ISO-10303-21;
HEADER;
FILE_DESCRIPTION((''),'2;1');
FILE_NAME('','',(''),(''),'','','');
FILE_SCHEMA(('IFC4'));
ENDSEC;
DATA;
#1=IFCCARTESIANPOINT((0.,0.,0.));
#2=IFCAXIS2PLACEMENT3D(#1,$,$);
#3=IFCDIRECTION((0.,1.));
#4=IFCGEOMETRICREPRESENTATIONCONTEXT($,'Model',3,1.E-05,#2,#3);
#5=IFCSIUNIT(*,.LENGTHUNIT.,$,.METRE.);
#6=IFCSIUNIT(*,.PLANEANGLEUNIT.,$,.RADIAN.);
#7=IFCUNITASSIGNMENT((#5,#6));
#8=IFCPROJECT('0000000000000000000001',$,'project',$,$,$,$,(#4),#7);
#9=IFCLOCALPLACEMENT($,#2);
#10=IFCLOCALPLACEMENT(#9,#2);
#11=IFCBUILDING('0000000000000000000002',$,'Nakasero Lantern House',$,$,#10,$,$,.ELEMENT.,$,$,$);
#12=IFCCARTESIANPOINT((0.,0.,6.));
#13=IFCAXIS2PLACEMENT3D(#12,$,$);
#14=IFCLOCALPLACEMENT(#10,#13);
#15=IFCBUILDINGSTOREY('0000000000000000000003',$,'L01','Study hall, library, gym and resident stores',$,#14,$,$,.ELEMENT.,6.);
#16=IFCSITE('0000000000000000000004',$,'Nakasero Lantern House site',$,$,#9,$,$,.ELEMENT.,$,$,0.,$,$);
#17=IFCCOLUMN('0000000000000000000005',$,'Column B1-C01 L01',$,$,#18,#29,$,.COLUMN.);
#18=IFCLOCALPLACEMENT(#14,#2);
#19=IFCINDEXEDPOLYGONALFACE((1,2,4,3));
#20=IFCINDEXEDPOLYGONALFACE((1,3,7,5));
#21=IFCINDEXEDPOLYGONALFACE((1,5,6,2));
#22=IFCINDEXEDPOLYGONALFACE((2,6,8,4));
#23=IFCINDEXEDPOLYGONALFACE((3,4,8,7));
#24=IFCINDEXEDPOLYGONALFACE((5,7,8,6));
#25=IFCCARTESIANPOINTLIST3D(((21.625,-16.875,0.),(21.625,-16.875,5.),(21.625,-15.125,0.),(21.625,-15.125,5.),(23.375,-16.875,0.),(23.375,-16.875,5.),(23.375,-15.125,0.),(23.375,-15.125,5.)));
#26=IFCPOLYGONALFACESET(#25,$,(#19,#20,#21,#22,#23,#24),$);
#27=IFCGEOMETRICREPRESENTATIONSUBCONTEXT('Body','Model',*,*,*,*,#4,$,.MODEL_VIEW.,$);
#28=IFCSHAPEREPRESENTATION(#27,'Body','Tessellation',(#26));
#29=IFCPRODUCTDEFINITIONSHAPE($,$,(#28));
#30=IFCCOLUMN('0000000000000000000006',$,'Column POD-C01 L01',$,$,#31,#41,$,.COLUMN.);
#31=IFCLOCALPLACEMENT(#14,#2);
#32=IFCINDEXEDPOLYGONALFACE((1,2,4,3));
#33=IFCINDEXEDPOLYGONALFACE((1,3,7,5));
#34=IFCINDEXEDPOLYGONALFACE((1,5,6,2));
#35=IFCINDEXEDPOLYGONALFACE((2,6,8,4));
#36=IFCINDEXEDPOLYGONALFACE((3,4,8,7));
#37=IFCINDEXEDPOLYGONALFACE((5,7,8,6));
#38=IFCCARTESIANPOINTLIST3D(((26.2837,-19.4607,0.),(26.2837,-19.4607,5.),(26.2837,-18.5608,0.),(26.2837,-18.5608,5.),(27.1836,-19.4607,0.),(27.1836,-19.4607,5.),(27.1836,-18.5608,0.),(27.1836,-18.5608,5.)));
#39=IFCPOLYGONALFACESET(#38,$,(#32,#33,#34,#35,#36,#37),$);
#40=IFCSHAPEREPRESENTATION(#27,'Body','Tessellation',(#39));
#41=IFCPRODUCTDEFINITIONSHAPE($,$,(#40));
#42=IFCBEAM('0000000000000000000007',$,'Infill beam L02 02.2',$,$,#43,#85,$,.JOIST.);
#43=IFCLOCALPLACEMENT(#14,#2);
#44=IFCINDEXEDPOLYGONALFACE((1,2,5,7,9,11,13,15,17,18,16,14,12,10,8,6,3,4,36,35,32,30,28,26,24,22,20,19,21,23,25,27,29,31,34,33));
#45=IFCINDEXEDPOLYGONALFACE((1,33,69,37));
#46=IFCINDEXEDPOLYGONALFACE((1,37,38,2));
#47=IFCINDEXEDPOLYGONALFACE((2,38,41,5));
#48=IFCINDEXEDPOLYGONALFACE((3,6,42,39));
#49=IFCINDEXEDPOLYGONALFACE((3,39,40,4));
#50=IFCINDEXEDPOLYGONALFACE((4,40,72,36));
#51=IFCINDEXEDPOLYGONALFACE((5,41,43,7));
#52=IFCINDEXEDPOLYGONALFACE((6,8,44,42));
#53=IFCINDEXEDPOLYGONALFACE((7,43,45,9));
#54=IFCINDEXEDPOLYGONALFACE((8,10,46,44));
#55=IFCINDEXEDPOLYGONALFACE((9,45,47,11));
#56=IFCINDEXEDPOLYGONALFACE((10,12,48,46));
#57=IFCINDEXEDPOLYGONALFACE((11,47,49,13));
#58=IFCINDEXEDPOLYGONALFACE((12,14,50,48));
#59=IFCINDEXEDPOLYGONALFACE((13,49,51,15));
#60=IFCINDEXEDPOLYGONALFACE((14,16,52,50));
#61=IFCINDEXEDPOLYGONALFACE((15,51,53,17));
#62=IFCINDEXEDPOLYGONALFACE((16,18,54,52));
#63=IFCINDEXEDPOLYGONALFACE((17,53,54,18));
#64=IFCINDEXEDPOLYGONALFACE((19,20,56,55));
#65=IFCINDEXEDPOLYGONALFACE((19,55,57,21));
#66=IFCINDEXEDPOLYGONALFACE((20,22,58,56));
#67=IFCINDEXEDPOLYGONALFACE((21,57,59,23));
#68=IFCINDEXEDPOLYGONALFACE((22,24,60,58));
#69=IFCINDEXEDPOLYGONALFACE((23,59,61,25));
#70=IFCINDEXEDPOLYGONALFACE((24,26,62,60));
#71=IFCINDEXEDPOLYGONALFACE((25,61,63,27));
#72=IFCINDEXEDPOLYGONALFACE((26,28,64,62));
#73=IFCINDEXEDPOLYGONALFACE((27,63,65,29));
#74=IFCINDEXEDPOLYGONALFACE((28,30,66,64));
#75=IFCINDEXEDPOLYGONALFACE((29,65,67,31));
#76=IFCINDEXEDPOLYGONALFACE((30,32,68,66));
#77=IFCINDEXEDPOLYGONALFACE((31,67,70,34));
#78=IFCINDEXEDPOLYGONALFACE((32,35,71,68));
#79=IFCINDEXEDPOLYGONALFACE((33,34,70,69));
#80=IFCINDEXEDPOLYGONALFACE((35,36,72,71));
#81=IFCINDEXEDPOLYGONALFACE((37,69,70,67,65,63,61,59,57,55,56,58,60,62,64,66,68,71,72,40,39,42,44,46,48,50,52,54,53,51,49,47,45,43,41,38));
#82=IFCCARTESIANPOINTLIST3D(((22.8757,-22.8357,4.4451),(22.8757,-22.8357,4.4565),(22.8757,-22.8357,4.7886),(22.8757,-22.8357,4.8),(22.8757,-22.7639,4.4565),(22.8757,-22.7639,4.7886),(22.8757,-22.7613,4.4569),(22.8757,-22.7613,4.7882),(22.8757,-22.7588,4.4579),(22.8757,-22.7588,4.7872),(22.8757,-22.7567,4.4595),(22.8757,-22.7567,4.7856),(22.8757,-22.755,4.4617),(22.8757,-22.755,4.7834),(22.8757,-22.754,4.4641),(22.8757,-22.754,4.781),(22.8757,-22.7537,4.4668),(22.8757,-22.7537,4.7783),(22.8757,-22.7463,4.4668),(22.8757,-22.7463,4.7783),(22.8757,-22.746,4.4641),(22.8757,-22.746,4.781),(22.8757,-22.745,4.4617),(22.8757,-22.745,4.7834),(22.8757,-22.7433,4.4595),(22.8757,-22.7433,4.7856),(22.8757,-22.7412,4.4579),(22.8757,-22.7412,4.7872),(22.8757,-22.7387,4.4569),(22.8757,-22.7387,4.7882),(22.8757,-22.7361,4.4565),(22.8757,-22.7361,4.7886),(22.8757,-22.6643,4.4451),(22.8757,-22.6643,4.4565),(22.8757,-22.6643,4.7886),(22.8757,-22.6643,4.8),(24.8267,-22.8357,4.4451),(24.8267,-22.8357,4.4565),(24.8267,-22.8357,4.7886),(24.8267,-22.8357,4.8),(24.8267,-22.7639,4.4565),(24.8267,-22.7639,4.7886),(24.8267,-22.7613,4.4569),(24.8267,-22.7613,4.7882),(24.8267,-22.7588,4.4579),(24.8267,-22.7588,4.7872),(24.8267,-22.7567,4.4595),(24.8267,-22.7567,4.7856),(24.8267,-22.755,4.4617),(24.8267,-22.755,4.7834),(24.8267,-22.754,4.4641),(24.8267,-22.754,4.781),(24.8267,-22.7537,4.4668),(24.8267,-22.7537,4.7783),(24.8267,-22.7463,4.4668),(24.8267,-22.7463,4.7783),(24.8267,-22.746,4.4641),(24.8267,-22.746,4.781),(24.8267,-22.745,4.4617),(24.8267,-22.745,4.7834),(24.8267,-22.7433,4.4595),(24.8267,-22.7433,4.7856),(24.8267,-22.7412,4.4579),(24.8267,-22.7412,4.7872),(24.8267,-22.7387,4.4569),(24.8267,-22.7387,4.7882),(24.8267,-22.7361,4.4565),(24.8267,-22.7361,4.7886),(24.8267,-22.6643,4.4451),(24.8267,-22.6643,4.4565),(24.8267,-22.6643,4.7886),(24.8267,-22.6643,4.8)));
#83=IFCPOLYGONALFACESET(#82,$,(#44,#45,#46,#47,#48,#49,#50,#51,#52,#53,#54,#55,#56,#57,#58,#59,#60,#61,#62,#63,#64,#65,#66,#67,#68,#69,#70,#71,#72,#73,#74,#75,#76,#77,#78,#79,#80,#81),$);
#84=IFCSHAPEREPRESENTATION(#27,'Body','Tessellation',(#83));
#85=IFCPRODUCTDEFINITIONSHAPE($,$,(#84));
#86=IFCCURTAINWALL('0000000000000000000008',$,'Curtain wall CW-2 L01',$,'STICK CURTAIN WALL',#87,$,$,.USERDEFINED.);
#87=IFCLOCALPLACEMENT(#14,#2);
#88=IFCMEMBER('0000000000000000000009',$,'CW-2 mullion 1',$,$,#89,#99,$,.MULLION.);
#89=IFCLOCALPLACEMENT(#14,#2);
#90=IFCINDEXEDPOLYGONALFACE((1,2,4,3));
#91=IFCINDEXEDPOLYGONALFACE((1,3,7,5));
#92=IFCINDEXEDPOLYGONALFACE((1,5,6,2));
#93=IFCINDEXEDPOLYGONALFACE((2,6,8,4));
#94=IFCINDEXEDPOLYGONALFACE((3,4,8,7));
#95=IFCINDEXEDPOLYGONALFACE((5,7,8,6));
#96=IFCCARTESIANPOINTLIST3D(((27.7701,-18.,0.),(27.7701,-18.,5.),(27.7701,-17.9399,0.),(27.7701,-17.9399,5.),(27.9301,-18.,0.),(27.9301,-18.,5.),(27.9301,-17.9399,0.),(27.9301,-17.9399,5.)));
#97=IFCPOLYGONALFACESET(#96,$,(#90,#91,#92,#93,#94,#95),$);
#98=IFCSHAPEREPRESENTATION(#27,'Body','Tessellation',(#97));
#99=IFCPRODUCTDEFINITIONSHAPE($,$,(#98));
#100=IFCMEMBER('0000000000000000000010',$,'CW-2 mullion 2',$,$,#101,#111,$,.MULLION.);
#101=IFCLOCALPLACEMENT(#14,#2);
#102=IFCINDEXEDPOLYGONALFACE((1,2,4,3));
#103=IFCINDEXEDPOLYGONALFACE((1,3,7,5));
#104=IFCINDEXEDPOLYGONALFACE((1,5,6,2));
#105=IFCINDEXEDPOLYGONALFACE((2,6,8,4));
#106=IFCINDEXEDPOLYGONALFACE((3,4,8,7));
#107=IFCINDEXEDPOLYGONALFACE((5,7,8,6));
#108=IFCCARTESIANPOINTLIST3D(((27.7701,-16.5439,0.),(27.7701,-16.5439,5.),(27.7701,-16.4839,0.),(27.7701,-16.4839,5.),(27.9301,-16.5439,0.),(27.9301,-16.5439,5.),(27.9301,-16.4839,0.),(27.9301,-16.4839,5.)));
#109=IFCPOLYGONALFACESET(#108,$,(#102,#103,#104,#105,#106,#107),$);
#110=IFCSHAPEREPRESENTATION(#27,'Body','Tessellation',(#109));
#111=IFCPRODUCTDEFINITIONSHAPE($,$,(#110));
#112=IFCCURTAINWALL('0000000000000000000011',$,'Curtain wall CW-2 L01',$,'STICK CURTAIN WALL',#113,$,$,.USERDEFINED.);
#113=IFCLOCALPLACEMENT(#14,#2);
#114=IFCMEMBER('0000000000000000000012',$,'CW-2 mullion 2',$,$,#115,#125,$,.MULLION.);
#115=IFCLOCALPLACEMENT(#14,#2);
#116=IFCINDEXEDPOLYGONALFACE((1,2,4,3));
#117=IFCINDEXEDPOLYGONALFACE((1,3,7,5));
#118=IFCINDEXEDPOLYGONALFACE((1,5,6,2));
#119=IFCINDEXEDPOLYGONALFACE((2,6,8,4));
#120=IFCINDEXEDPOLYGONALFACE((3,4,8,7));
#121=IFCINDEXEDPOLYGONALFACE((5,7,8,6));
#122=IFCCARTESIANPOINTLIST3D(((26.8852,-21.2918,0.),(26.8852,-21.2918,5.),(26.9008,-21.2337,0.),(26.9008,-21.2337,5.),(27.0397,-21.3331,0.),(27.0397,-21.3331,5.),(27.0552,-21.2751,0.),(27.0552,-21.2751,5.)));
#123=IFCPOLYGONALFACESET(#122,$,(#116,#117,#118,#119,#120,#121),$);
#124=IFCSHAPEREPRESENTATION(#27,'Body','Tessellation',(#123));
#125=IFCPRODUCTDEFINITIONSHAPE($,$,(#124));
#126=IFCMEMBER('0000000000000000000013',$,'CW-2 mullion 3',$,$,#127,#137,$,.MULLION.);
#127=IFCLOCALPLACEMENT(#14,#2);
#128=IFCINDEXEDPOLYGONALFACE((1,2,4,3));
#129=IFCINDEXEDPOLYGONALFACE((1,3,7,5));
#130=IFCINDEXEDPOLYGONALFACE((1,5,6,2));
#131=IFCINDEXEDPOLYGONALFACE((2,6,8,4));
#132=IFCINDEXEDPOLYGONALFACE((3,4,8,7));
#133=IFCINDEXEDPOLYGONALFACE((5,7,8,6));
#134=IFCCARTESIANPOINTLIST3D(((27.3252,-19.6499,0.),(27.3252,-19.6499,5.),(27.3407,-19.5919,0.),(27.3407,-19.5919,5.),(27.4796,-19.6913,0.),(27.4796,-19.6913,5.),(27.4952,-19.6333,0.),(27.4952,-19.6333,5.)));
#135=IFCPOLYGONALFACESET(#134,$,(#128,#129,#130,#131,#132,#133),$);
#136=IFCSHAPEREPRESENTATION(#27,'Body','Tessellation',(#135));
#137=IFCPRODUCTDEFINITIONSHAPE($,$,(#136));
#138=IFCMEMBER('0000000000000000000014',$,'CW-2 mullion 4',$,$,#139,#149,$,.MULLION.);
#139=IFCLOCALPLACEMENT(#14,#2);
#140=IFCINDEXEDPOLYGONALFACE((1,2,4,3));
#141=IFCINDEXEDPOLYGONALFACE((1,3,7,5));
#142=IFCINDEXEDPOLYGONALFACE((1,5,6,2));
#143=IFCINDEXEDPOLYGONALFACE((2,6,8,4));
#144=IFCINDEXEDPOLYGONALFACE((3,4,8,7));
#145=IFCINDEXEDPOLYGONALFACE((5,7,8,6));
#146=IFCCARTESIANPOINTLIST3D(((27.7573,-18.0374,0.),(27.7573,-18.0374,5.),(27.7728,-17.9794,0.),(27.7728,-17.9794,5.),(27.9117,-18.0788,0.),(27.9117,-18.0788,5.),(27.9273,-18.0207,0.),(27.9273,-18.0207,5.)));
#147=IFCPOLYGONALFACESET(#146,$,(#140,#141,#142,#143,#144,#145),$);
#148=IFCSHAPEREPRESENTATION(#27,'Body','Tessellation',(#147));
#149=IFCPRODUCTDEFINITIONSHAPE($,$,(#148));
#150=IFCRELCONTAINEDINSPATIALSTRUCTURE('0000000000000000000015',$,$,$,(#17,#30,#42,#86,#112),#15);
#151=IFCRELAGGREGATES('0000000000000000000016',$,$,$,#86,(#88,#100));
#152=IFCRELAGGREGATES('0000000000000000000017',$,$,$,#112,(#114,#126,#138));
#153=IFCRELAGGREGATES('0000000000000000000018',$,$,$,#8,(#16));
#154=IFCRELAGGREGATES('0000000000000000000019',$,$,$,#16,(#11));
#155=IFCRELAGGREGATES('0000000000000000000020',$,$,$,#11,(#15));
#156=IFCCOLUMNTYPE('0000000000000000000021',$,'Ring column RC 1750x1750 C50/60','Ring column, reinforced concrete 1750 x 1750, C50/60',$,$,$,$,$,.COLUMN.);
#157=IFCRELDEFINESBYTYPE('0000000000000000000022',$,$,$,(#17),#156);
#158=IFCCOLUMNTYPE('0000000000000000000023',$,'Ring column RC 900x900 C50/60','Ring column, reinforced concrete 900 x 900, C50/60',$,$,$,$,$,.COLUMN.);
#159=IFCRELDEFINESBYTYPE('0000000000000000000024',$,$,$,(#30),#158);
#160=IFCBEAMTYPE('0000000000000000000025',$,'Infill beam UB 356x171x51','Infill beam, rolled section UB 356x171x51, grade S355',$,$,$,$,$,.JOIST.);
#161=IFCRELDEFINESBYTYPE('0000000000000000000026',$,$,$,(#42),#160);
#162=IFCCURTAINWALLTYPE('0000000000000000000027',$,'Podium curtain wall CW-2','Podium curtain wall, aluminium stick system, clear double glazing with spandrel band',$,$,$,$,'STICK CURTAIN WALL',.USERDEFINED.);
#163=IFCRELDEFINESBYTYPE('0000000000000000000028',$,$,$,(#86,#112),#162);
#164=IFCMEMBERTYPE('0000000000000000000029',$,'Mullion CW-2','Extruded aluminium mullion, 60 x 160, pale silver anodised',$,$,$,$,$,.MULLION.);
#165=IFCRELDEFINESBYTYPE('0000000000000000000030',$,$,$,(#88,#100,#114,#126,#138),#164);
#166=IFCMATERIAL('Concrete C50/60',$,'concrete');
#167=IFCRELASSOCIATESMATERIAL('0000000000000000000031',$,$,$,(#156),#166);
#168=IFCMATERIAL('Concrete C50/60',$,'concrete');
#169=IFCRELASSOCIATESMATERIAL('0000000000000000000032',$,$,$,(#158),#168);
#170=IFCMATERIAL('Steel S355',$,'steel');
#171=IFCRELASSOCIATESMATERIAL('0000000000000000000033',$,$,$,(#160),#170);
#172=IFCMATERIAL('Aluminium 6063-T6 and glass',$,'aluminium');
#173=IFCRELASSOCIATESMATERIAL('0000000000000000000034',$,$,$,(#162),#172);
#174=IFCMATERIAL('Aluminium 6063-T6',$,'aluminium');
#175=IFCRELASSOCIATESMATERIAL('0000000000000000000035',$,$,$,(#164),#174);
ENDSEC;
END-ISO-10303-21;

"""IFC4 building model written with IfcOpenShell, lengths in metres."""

from ifc_helpers import new_model, si_unit, direction, frame, origin, origin_2d, place, context, subcontext, project, spatial, rectangle, i_section, extrude, material, material_profile, profile_set, type_object, element, aggregate, save


model = new_model("IFC4")

# Units and contexts
model_context = context("Model", 3, precision=1e-05, world=origin(), true_north=direction((0.0, 1.0)))
body_context = subcontext(model_context, "Body", "Model", "MODEL_VIEW")
ifc_project = project(units=[si_unit("LENGTHUNIT", "METRE"), si_unit("PLANEANGLEUNIT", "RADIAN")], contexts=[model_context])

# Site, building, storey
site_placement = place(None, origin())
site = spatial("IfcSite", under=ifc_project, at=site_placement, Name="Nakasero Lantern House site", CompositionType="ELEMENT", RefElevation=0.0)
building_placement = place(site_placement, origin())
building = spatial("IfcBuilding", under=site, at=building_placement, Name="Nakasero Lantern House", CompositionType="ELEMENT")
storey_placement = place(building_placement, frame((0.0, 0.0, 6.0)))
storey = spatial("IfcBuildingStorey", under=building, at=storey_placement, Name="L01", Description="Study hall, library, gym and resident stores", CompositionType="ELEMENT", Elevation=6.0)

# Columns
ifc_material_1 = material(Name="Concrete C50/60", Category="concrete")
ifc_material_profile_1 = material_profile(ifc_material_1, rectangle(XDim=1.75, YDim=1.75, at=origin_2d()), Name="RC 1750x1750")
ifc_profile_set_1 = profile_set([ifc_material_profile_1], Name="Concrete C50/60")
column_type_1 = type_object("IfcColumnType", Name="Ring column RC 1750x1750 C50/60", Description="Ring column, reinforced concrete 1750 x 1750, C50/60", PredefinedType="COLUMN", material=ifc_profile_set_1)
column_1_placement = place(storey_placement, frame((22.5, -16.0, 0.0), z_axis=(0.0, 0.0, 1.0), x_axis=(1.0, 0.0, 0.0)))
element("IfcColumn", 1, at=column_1_placement, inside=storey, type_object=column_type_1, Name="Column B1-C01 L01", PredefinedType="COLUMN", context=body_context, shape_type="SweptSolid", body=[
    extrude(rectangle(XDim=1.75, YDim=1.75, at=origin_2d()), origin(), (0.0, 0.0, 1.0), 5.0),
])
ifc_material_2 = material(Name="Concrete C50/60", Category="concrete")
ifc_material_profile_2 = material_profile(ifc_material_2, rectangle(XDim=0.8999, YDim=0.8999, at=origin_2d()), Name="RC 900x900")
ifc_profile_set_2 = profile_set([ifc_material_profile_2], Name="Concrete C50/60")
column_type_2 = type_object("IfcColumnType", Name="Ring column RC 900x900 C50/60", Description="Ring column, reinforced concrete 900 x 900, C50/60", PredefinedType="COLUMN", material=ifc_profile_set_2)
column_2_placement = place(storey_placement, frame((26.7336, -19.0107, 0.0), z_axis=(0.0, 0.0, 1.0), x_axis=(1.0, 0.0, 0.0)))
element("IfcColumn", 2, at=column_2_placement, inside=storey, type_object=column_type_2, Name="Column POD-C01 L01", PredefinedType="COLUMN", context=body_context, shape_type="SweptSolid", body=[
    extrude(rectangle(XDim=0.8999, YDim=0.8999, at=origin_2d()), origin(), (0.0, 0.0, 1.0), 5.0),
])

# Beam
ifc_material_3 = material(Name="Steel S355", Category="steel")
ifc_material_profile_3 = material_profile(ifc_material_3, i_section(OverallWidth=0.1714, OverallDepth=0.355, WebThickness=0.0073, FlangeThickness=0.0115, FilletRadius=0.0103, at=origin_2d()), Name="UB 356x171x51")
ifc_profile_set_3 = profile_set([ifc_material_profile_3], Name="Steel S355")
beam_type_1 = type_object("IfcBeamType", Name="Infill beam UB 356x171x51", Description="Infill beam, rolled section UB 356x171x51, grade S355", PredefinedType="JOIST", material=ifc_profile_set_3)
beam_1_placement = place(storey_placement, frame((22.8757, -22.75, 4.6226), z_axis=(1.0, 0.0, 0.0), x_axis=(0.0, 1.0, 0.0)))
element("IfcBeam", 3, at=beam_1_placement, inside=storey, type_object=beam_type_1, Name="Infill beam L02 02.2", PredefinedType="JOIST", context=body_context, shape_type="SweptSolid", body=[
    extrude(i_section(OverallWidth=0.1714, OverallDepth=0.355, WebThickness=0.0073, FlangeThickness=0.0115, FilletRadius=0.0103, at=origin_2d()), origin(), (0.0, 0.0, 1.0), 1.9509),
])

# Curtain walls, members
ifc_material_4 = material(Name="Aluminium 6063-T6 and glass", Category="aluminium")
curtain_wall_type = type_object("IfcCurtainWallType", Name="Podium curtain wall CW-2", Description="Podium curtain wall, aluminium stick system, clear double glazing with spandrel band", ElementType="STICK CURTAIN WALL", PredefinedType="USERDEFINED", material=ifc_material_4)
curtain_wall_1_placement = place(storey_placement, origin())
curtain_wall_1 = element("IfcCurtainWall", 4, at=curtain_wall_1_placement, inside=storey, type_object=curtain_wall_type, Name="Curtain wall CW-2 L01", ObjectType="STICK CURTAIN WALL", PredefinedType="USERDEFINED")
ifc_material_5 = material(Name="Aluminium 6063-T6", Category="aluminium")
ifc_material_profile_4 = material_profile(ifc_material_5, rectangle(XDim=0.0601, YDim=0.1599, at=origin_2d()), Name="CW-2 mullion 60x160")
ifc_profile_set_4 = profile_set([ifc_material_profile_4], Name="Aluminium 6063-T6")
member_type_1 = type_object("IfcMemberType", Name="Mullion CW-2", Description="Extruded aluminium mullion, 60 x 160, pale silver anodised", PredefinedType="MULLION", material=ifc_profile_set_4)
member_1_placement = place(storey_placement, frame((27.8501, -17.97, 0.0), z_axis=(0.0, 0.0, 1.0), x_axis=(0.0, 1.0, 0.0)))
member_1 = element("IfcMember", 5, at=member_1_placement, type_object=member_type_1, Name="CW-2 mullion 1", PredefinedType="MULLION", context=body_context, shape_type="SweptSolid", body=[
    extrude(rectangle(XDim=0.0601, YDim=0.1599, at=origin_2d()), origin(), (0.0, 0.0, 1.0), 5.0),
])
member_2_placement = place(storey_placement, frame((27.8501, -16.5139, 0.0), z_axis=(0.0, 0.0, 1.0), x_axis=(0.0, 1.0, 0.0)))
member_2 = element("IfcMember", 6, at=member_2_placement, type_object=member_type_1, Name="CW-2 mullion 2", PredefinedType="MULLION", context=body_context, shape_type="SweptSolid", body=[
    extrude(rectangle(XDim=0.0601, YDim=0.1599, at=origin_2d()), origin(), (0.0, 0.0, 1.0), 5.0),
])
curtain_wall_2_placement = place(storey_placement, origin())
curtain_wall_2 = element("IfcCurtainWall", 7, at=curtain_wall_2_placement, inside=storey, type_object=curtain_wall_type, Name="Curtain wall CW-2 L01", ObjectType="STICK CURTAIN WALL", PredefinedType="USERDEFINED")
member_3_placement = place(storey_placement, frame((26.9702, -21.2834, 0.0), z_axis=(0.0, 0.0, 1.0), x_axis=(0.258819, 0.965926, 0.0)))
member_3 = element("IfcMember", 8, at=member_3_placement, type_object=member_type_1, Name="CW-2 mullion 2", PredefinedType="MULLION", context=body_context, shape_type="SweptSolid", body=[
    extrude(rectangle(XDim=0.0601, YDim=0.1599, at=origin_2d()), origin(), (0.0, 0.0, 1.0), 5.0),
])
member_4_placement = place(storey_placement, frame((27.4102, -19.6416, 0.0), z_axis=(0.0, 0.0, 1.0), x_axis=(0.258819, 0.965926, 0.0)))
member_4 = element("IfcMember", 9, at=member_4_placement, type_object=member_type_1, Name="CW-2 mullion 3", PredefinedType="MULLION", context=body_context, shape_type="SweptSolid", body=[
    extrude(rectangle(XDim=0.0601, YDim=0.1599, at=origin_2d()), origin(), (0.0, 0.0, 1.0), 5.0),
])
member_5_placement = place(storey_placement, frame((27.8423, -18.0291, 0.0), z_axis=(0.0, 0.0, 1.0), x_axis=(0.258819, 0.965926, 0.0)))
member_5 = element("IfcMember", 10, at=member_5_placement, type_object=member_type_1, Name="CW-2 mullion 4", PredefinedType="MULLION", context=body_context, shape_type="SweptSolid", body=[
    extrude(rectangle(XDim=0.0601, YDim=0.1599, at=origin_2d()), origin(), (0.0, 0.0, 1.0), 5.0),
])

aggregate(curtain_wall_1, [member_1, member_2])
aggregate(curtain_wall_2, [member_3, member_4, member_5])

save(model, "model.ifc")
